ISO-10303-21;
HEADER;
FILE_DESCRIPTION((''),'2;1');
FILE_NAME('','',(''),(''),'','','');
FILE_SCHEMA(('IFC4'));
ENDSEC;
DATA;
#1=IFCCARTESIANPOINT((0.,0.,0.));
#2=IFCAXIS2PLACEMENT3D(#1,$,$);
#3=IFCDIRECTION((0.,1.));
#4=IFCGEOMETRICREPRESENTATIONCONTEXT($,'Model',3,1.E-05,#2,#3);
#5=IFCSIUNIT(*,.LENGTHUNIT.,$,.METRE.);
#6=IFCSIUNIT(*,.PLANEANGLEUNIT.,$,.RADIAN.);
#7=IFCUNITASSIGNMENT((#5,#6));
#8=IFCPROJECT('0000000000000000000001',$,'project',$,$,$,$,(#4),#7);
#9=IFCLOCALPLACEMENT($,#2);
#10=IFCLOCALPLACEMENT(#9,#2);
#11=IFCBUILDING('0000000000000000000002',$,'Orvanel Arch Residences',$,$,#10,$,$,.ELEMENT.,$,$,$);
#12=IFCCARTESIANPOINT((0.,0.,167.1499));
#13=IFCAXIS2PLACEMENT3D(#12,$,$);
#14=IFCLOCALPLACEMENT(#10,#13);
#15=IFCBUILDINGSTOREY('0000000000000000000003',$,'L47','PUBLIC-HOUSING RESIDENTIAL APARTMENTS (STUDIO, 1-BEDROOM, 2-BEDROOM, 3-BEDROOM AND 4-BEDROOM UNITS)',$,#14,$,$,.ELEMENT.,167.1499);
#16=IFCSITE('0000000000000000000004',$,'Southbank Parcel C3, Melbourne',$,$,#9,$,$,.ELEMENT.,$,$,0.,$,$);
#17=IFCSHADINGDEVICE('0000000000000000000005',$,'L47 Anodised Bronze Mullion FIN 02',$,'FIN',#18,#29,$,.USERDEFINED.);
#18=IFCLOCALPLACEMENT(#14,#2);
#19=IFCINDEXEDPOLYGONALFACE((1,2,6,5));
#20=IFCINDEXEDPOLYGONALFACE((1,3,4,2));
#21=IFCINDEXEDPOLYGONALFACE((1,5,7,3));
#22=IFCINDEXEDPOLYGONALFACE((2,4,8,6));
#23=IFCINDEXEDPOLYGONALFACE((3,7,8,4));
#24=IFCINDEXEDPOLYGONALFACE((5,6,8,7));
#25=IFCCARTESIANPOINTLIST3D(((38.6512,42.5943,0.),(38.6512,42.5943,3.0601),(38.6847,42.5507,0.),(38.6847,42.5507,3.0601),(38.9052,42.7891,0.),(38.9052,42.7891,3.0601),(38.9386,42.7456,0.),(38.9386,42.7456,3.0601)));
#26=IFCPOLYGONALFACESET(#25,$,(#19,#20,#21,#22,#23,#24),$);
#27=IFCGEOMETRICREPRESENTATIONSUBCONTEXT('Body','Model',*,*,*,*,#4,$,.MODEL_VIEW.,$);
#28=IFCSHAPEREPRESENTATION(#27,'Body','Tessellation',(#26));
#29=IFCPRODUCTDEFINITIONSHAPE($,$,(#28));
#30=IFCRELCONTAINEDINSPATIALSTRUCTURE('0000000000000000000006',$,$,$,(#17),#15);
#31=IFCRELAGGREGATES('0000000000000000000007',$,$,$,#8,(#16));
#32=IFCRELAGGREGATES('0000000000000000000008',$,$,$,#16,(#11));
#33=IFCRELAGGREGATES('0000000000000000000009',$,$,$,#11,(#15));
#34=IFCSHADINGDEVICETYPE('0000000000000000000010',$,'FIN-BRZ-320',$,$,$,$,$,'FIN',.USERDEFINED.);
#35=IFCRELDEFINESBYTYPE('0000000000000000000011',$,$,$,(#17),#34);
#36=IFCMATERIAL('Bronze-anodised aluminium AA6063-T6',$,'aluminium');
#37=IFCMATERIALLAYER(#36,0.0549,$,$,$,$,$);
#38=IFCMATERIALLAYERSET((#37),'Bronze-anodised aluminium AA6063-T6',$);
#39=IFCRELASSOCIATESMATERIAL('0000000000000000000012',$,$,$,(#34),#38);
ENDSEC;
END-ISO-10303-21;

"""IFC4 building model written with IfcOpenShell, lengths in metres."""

from ifc_helpers import new_model, si_unit, direction, frame, origin, origin_2d, place, context, subcontext, project, spatial, rectangle, extrude, material, layer, layer_set, type_object, element, save


model = new_model("IFC4")

# Units and contexts
model_context = context("Model", 3, precision=1e-05, world=origin(), true_north=direction((0.0, 1.0)))
body_context = subcontext(model_context, "Body", "Model", "MODEL_VIEW")
ifc_project = project(units=[si_unit("LENGTHUNIT", "METRE"), si_unit("PLANEANGLEUNIT", "RADIAN")], contexts=[model_context])

# Site, building, storey
site_placement = place(None, origin())
site = spatial("IfcSite", under=ifc_project, at=site_placement, Name="Southbank Parcel C3, Melbourne", CompositionType="ELEMENT", RefElevation=0.0)
building_placement = place(site_placement, origin())
building = spatial("IfcBuilding", under=site, at=building_placement, Name="Orvanel Arch Residences", CompositionType="ELEMENT")
storey_placement = place(building_placement, frame((0.0, 0.0, 167.1499)))
storey = spatial("IfcBuildingStorey", under=building, at=storey_placement, Name="L47", Description="PUBLIC-HOUSING RESIDENTIAL APARTMENTS (STUDIO, 1-BEDROOM, 2-BEDROOM, 3-BEDROOM AND 4-BEDROOM UNITS)", CompositionType="ELEMENT", Elevation=167.1499)

# Shared definitions
ifc_material_1 = material(Name="Bronze-anodised aluminium AA6063-T6", Category="aluminium")

# Shading device
ifc_layer_1 = layer(ifc_material_1, 0.0549)
ifc_layer_set_1 = layer_set([ifc_layer_1], Name="Bronze-anodised aluminium AA6063-T6")
shading_device_type = type_object("IfcShadingDeviceType", Name="FIN-BRZ-320", ElementType="FIN", PredefinedType="USERDEFINED", material=ifc_layer_set_1)
for number, where, z_axis, x_axis, name in (
    (1, (38.7949, 42.6699, 0.0), (0.0, 0.0, 1.0), (0.793353, 0.608761, 0.0), "L47 Anodised Bronze Mullion FIN 02"),
):
    element("IfcShadingDevice", number, at=place(storey_placement, frame(where, z_axis=z_axis, x_axis=x_axis)), inside=storey, type_object=shading_device_type, Name=name, ObjectType="FIN", PredefinedType="USERDEFINED", context=body_context, shape_type="SweptSolid", body=[
        extrude(rectangle(XDim=0.3201, YDim=0.0549, at=origin_2d()), origin(), (0.0, 0.0, 1.0), 3.0601),
    ])

save(model, "model.ifc")
